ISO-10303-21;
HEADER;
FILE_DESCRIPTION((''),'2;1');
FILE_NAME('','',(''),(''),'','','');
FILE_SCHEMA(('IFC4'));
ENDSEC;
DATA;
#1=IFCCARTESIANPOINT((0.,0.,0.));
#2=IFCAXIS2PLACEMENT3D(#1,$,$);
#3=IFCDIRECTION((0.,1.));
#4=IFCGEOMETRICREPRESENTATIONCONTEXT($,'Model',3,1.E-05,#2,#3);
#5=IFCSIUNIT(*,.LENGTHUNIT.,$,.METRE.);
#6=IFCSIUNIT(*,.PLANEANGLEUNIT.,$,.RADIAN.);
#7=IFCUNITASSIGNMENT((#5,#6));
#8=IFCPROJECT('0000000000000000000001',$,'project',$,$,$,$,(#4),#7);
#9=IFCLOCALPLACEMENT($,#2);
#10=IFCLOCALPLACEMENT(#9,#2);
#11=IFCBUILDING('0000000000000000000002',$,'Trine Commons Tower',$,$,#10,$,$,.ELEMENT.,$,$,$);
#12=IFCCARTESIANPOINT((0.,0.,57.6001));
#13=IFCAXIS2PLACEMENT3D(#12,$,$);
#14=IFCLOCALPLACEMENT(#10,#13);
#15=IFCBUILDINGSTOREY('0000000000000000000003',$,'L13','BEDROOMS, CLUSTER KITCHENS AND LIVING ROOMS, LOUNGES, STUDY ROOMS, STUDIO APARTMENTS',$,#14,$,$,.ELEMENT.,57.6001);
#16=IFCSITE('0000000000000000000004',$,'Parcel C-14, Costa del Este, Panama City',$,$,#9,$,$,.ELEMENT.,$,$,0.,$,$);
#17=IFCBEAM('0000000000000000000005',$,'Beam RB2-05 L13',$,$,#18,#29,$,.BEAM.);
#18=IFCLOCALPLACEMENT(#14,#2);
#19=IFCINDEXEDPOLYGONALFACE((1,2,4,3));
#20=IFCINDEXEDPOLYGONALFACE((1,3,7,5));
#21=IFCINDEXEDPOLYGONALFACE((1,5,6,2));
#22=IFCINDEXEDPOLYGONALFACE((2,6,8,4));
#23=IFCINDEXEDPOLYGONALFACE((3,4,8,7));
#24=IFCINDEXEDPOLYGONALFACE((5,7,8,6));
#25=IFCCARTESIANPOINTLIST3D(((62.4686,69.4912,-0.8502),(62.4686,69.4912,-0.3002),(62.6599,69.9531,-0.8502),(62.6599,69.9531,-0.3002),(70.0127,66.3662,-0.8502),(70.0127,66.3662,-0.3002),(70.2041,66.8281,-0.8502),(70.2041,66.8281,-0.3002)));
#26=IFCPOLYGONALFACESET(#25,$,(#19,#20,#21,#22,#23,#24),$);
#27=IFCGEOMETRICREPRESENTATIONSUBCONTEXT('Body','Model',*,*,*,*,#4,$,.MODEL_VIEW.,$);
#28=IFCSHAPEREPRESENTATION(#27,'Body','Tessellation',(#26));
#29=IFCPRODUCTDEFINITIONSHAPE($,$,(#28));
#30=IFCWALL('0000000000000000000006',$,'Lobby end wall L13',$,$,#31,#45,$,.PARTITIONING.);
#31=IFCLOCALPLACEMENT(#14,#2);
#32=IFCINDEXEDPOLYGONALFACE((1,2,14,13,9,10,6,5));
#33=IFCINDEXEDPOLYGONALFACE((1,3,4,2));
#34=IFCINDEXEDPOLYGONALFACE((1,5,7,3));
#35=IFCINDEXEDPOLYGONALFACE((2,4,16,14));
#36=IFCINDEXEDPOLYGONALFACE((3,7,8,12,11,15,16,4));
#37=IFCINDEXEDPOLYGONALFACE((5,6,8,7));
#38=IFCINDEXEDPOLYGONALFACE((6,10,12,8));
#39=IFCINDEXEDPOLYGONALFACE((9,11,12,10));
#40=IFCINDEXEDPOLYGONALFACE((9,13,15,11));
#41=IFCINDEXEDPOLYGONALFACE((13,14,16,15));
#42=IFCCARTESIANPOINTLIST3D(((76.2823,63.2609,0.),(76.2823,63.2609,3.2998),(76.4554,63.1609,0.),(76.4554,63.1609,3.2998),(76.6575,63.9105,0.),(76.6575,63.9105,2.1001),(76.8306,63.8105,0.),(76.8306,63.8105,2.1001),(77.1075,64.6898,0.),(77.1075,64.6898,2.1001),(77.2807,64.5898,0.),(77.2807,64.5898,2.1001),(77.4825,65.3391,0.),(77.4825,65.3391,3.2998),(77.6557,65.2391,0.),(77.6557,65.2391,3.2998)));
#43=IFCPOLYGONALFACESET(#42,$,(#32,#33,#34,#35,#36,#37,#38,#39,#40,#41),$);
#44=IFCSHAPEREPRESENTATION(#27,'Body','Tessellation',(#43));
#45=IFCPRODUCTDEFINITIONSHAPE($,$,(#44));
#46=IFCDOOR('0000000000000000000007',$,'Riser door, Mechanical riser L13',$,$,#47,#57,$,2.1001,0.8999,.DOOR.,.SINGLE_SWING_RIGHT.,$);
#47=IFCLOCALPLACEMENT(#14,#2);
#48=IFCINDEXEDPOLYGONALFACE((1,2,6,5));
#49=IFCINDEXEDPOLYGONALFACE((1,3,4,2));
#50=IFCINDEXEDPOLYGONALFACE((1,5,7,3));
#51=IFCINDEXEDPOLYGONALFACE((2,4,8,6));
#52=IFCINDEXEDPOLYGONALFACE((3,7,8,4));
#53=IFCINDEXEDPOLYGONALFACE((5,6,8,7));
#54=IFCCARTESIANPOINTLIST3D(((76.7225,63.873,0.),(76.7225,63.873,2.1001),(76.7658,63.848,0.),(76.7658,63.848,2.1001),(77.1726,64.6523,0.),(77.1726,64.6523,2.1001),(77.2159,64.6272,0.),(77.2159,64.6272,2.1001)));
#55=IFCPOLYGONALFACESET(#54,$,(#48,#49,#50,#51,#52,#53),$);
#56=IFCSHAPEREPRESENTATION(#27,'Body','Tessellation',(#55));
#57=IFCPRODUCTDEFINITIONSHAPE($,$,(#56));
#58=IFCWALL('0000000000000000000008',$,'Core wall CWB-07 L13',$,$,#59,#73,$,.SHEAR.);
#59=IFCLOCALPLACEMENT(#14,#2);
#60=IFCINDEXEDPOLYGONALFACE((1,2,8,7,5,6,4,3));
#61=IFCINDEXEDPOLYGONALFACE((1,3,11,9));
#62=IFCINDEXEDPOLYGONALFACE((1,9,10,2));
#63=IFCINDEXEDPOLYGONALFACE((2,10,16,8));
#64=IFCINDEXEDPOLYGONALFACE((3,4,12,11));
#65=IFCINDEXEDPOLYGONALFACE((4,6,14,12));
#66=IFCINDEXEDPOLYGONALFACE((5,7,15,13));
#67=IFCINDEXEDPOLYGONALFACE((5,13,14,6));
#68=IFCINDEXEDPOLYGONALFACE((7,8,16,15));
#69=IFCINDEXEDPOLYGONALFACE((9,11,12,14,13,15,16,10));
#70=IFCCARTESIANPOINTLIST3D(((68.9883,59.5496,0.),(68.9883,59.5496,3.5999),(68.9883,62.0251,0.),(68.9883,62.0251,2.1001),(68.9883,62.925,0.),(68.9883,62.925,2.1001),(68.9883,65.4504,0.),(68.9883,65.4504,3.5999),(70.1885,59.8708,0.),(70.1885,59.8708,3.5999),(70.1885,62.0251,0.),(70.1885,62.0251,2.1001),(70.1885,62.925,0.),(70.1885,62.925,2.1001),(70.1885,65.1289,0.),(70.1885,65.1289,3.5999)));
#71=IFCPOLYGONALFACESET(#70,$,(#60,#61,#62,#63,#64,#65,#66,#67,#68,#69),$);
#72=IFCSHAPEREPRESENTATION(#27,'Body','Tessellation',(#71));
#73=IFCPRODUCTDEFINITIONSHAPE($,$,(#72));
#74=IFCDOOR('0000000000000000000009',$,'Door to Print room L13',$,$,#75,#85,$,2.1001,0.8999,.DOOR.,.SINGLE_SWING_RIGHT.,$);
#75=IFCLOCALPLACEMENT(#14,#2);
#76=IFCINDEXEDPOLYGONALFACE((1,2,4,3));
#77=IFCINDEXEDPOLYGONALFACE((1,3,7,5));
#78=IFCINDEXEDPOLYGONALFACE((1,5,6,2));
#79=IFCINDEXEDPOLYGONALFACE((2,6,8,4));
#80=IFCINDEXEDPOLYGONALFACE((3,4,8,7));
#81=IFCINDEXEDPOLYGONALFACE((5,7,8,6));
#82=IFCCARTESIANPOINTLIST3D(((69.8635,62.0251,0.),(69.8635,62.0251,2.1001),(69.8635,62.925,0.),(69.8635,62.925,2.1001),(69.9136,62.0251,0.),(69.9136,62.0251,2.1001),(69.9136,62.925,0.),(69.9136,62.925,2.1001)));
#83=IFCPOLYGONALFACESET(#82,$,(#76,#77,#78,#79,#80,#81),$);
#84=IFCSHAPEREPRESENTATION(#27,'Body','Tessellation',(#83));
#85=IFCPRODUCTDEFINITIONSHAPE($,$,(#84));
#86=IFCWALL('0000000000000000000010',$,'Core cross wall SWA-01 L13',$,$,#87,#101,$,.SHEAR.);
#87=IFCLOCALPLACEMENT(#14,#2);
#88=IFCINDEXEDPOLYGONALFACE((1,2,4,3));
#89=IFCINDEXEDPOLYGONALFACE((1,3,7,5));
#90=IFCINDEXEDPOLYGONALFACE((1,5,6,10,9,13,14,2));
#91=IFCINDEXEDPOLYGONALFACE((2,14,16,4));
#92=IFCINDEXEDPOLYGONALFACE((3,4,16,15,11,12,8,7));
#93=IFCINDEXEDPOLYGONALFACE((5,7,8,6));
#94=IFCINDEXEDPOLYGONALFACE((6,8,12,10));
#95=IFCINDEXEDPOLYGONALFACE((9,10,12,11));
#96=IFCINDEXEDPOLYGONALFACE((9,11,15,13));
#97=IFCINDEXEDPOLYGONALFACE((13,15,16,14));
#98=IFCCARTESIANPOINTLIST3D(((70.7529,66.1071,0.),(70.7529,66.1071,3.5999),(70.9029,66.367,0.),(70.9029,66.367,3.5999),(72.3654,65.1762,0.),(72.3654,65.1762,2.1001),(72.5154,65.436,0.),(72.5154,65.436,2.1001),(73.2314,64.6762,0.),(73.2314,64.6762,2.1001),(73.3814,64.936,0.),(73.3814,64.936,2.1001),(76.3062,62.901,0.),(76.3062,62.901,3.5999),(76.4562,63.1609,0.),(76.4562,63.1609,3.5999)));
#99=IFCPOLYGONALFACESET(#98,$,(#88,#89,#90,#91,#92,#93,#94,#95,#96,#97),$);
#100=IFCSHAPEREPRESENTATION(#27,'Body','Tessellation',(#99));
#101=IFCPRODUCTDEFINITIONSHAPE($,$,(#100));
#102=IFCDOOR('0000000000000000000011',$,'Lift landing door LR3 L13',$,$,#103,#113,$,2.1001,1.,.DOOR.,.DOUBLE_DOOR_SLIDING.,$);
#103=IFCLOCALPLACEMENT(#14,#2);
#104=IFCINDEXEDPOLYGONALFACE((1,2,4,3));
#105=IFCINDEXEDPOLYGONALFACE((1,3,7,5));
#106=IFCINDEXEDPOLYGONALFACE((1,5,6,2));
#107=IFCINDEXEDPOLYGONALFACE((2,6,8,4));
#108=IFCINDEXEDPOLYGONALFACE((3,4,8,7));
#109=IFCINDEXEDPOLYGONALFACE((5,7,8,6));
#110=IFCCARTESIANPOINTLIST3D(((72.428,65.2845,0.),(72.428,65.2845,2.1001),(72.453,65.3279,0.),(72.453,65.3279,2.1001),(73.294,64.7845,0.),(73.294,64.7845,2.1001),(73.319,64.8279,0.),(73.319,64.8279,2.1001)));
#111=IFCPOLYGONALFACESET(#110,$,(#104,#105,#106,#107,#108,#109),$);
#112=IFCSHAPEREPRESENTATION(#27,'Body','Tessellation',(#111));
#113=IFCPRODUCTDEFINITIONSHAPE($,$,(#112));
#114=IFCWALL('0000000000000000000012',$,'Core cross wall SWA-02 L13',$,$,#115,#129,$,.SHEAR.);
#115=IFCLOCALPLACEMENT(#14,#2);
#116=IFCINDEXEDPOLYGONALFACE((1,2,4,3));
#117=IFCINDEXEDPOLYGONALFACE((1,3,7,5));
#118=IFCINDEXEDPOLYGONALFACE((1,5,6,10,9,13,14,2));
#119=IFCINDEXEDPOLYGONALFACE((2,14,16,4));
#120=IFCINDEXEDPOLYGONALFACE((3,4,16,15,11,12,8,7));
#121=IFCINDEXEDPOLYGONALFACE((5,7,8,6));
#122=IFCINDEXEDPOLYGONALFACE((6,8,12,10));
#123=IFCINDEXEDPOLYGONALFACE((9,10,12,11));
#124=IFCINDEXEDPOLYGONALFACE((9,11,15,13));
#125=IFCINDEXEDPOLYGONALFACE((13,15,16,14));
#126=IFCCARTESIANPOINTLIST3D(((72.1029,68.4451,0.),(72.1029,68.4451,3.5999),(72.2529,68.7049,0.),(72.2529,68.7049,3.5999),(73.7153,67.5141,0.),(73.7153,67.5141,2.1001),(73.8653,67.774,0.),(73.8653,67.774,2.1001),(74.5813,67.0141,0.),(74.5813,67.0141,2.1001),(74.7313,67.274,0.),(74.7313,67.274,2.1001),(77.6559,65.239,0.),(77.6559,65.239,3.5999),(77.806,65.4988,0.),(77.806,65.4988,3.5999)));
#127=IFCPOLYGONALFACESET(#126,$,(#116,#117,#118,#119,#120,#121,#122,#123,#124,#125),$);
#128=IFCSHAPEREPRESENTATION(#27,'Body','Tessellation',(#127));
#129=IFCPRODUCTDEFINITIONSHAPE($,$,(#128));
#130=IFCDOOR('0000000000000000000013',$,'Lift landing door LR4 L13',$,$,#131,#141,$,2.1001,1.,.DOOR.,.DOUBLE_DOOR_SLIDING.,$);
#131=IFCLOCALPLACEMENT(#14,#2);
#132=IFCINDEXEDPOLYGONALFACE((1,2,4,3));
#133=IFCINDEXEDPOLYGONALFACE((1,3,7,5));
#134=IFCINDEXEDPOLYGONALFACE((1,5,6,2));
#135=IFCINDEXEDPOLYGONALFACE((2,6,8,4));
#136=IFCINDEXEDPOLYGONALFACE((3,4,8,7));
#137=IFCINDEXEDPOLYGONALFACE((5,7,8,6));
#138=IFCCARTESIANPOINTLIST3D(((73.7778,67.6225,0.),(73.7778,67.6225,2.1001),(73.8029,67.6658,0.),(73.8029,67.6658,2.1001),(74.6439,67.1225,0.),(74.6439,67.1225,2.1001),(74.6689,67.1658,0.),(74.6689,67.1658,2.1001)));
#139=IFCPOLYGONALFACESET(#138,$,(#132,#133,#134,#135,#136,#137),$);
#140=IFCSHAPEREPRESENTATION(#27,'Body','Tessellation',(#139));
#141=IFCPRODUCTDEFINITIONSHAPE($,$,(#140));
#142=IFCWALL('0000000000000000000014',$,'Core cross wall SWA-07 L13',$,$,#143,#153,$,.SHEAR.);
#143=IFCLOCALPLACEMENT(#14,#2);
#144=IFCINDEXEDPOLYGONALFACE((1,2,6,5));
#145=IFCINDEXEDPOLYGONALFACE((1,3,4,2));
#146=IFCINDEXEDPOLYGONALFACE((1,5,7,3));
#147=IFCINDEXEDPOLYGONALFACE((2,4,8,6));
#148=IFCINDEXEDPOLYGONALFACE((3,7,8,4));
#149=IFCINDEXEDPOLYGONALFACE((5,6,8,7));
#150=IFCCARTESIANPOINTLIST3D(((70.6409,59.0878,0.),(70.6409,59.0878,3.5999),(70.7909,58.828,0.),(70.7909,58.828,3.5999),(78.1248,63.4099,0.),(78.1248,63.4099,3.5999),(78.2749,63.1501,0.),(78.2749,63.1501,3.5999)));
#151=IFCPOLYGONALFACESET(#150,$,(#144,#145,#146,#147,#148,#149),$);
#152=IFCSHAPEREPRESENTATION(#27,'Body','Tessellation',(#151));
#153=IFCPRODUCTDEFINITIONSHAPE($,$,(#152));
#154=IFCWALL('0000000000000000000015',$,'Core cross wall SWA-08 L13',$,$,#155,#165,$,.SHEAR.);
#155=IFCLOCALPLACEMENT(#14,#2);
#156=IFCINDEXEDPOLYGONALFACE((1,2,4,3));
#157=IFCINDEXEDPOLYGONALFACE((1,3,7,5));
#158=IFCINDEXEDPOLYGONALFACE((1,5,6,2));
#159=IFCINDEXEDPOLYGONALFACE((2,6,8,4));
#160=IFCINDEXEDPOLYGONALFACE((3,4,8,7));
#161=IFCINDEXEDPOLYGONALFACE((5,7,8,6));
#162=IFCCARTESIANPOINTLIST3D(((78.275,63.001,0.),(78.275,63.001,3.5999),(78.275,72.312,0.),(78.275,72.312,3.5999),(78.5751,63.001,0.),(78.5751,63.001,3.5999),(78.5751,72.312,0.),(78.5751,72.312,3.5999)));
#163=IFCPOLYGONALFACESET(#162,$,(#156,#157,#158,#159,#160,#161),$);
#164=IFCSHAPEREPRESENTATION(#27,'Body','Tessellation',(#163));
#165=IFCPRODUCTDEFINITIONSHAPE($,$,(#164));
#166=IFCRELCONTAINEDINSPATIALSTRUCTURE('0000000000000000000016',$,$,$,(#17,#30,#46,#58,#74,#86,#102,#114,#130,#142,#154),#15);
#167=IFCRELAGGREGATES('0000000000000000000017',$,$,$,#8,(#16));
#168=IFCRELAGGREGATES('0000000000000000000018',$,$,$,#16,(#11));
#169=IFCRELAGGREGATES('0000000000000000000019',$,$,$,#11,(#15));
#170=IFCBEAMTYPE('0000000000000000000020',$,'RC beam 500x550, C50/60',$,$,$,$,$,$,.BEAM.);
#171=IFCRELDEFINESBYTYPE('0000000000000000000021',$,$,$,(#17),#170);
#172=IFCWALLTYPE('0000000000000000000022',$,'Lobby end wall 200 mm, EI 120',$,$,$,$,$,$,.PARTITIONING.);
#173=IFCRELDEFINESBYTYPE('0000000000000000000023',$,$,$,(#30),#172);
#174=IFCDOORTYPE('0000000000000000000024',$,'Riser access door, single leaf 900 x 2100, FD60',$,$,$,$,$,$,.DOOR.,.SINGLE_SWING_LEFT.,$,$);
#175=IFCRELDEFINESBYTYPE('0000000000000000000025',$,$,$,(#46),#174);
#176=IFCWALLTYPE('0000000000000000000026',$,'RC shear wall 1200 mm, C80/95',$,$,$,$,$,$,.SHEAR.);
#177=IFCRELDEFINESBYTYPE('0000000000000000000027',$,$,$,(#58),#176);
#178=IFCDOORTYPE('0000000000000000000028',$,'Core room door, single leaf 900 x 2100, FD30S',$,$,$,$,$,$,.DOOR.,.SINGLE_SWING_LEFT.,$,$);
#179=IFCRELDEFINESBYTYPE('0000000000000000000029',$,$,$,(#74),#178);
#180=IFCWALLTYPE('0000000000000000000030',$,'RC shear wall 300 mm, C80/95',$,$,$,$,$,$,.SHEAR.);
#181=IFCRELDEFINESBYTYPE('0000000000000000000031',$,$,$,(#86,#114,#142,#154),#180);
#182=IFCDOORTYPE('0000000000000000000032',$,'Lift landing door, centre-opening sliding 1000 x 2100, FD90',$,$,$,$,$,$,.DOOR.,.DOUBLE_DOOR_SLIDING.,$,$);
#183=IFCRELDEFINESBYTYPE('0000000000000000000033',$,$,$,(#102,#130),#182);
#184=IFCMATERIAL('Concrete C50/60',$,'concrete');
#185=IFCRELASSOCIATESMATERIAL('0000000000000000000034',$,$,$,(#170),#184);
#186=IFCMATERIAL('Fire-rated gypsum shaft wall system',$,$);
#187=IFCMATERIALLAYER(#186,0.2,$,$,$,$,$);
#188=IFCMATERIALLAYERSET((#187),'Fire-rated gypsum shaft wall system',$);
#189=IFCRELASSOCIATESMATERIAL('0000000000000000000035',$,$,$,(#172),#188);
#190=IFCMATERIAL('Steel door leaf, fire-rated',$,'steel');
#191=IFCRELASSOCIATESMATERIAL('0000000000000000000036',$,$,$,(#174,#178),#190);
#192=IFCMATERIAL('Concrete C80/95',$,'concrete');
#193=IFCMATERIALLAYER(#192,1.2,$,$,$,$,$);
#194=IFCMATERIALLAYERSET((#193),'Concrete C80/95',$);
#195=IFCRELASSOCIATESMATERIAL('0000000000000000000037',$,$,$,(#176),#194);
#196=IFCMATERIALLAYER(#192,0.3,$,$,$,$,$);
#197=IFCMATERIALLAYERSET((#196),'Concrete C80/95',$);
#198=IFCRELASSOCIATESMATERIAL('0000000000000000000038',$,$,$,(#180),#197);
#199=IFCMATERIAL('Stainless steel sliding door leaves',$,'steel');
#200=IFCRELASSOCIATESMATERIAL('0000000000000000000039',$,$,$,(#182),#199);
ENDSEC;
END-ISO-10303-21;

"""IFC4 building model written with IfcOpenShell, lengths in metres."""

from ifc_helpers import new_model, si_unit, direction, frame, frame_2d, origin, origin_2d, place, context, subcontext, project, spatial, polyline, rectangle, outline, extrude, material, layer, layer_set, material_profile, profile_set, type_object, element, fill, save


model = new_model("IFC4")

# Units and contexts
model_context = context("Model", 3, precision=1e-05, world=origin(), true_north=direction((0.0, 1.0)))
body_context = subcontext(model_context, "Body", "Model", "MODEL_VIEW")
ifc_project = project(units=[si_unit("LENGTHUNIT", "METRE"), si_unit("PLANEANGLEUNIT", "RADIAN")], contexts=[model_context])

# Site, building, storey
site_placement = place(None, origin())
site = spatial("IfcSite", under=ifc_project, at=site_placement, Name="Parcel C-14, Costa del Este, Panama City", CompositionType="ELEMENT", RefElevation=0.0)
building_placement = place(site_placement, origin())
building = spatial("IfcBuilding", under=site, at=building_placement, Name="Trine Commons Tower", CompositionType="ELEMENT")
storey_placement = place(building_placement, frame((0.0, 0.0, 57.6001)))
storey = spatial("IfcBuildingStorey", under=building, at=storey_placement, Name="L13", Description="BEDROOMS, CLUSTER KITCHENS AND LIVING ROOMS, LOUNGES, STUDY ROOMS, STUDIO APARTMENTS", CompositionType="ELEMENT", Elevation=57.6001)

# Beam
ifc_material_1 = material(Name="Concrete C50/60", Category="concrete")
ifc_material_profile = material_profile(ifc_material_1, rectangle(XDim=0.5, YDim=0.55, at=origin_2d()), Name="RC 500x550")
ifc_profile_set = profile_set([ifc_material_profile], Name="Concrete C50/60")
beam_type = type_object("IfcBeamType", Name="RC beam 500x550, C50/60", PredefinedType="BEAM", material=ifc_profile_set)
beam_placement = place(storey_placement, frame((70.1084, 66.5972, -0.5752), z_axis=(-0.923875, 0.382693, 0.0), x_axis=(-0.382693, -0.923875, 0.0)))
element("IfcBeam", 1, at=beam_placement, inside=storey, type_object=beam_type, Name="Beam RB2-05 L13", PredefinedType="BEAM", context=body_context, shape_type="SweptSolid", body=[
    extrude(rectangle(XDim=0.5, YDim=0.55, at=origin_2d()), origin(), (0.0, 0.0, 1.0), 8.1658),
])

# Walls, openings, doors
ifc_material_2 = material(Name="Fire-rated gypsum shaft wall system")
ifc_layer_1 = layer(ifc_material_2, 0.2)
ifc_layer_set_1 = layer_set([ifc_layer_1], Name="Fire-rated gypsum shaft wall system")
wall_type_1 = type_object("IfcWallType", Name="Lobby end wall 200 mm, EI 120", PredefinedType="PARTITIONING", material=ifc_layer_set_1)
wall_1_placement = place(storey_placement, frame((77.5691, 65.2891, 0.0), z_axis=(0.0, 0.0, 1.0), x_axis=(-0.500122, -0.865955, 0.0)))
wall_1 = element("IfcWall", 2, at=wall_1_placement, inside=storey, type_object=wall_type_1, Name="Lobby end wall L13", PredefinedType="PARTITIONING", context=body_context, shape_type="SweptSolid", body=[
    extrude(rectangle(XDim=2.3999, YDim=0.2, at=frame_2d((1.2, 0.0))), origin(), (0.0, 0.0, 1.0), 3.2998),
])
opening_1_placement = place(wall_1_placement, frame((0.7498, 0.0, 0.0)))
opening_1 = element("IfcOpeningElement", 3, at=opening_1_placement, cuts=wall_1, PredefinedType="OPENING", context=body_context, shape_type="SweptSolid", body=[
    extrude(rectangle(XDim=0.8999, YDim=2.1001, at=frame_2d((0.45, 1.05))), frame((0.0, 0.1099, 0.0), z_axis=(0.0, -1.0, 0.0), x_axis=(1.0, 0.0, 0.0)), (0.0, 0.0, 1.0), 0.22),
])
ifc_material_3 = material(Name="Steel door leaf, fire-rated", Category="steel")
door_type_1 = type_object("IfcDoorType", Name="Riser access door, single leaf 900 x 2100, FD60", OperationType="SINGLE_SWING_LEFT", PredefinedType="DOOR", material=ifc_material_3)
door_1_placement = place(opening_1_placement, frame((0.8999, 0.0, 0.0), z_axis=(0.0, 0.0, 1.0), x_axis=(-1.0, 0.0, 0.0)))
door_1 = element("IfcDoor", 4, at=door_1_placement, inside=storey, type_object=door_type_1, Name="Riser door, Mechanical riser L13", OperationType="SINGLE_SWING_RIGHT", OverallHeight=2.1001, OverallWidth=0.8999, PredefinedType="DOOR", context=body_context, shape_type="SweptSolid", body=[
    extrude(rectangle(XDim=0.8999, YDim=2.1001, at=frame_2d((0.45, 1.05))), frame((0.0, 0.0249, 0.0), z_axis=(0.0, -1.0, 0.0), x_axis=(1.0, 0.0, 0.0)), (0.0, 0.0, 1.0), 0.05),
])
fill(opening_1, door_1)
ifc_material_4 = material(Name="Concrete C80/95", Category="concrete")
ifc_layer_2 = layer(ifc_material_4, 1.2)
ifc_layer_set_2 = layer_set([ifc_layer_2], Name="Concrete C80/95")
wall_type_2 = type_object("IfcWallType", Name="RC shear wall 1200 mm, C80/95", PredefinedType="SHEAR", material=ifc_layer_set_2)
wall_2_placement = place(storey_placement, frame((69.5884, 65.4504, 0.0), z_axis=(0.0, 0.0, 1.0), x_axis=(0.0, -1.0, 0.0)))
wall_2 = element("IfcWall", 5, at=wall_2_placement, inside=storey, type_object=wall_type_2, Name="Core wall CWB-07 L13", PredefinedType="SHEAR", context=body_context, shape_type="SweptSolid", body=[
    extrude(outline(polyline([(0.0, -0.6001), (5.9009, -0.6001), (5.5796, 0.6001), (0.3215, 0.6001), (0.0, -0.6001)])), origin(), (0.0, 0.0, 1.0), 3.5999),
])
opening_2_placement = place(wall_2_placement, frame((2.5254, 0.0, 0.0)))
opening_2 = element("IfcOpeningElement", 6, at=opening_2_placement, cuts=wall_2, PredefinedType="OPENING", context=body_context, shape_type="SweptSolid", body=[
    extrude(rectangle(XDim=0.8999, YDim=2.1001, at=frame_2d((0.45, 1.05))), frame((0.0, 0.6099, 0.0), z_axis=(0.0, -1.0, 0.0), x_axis=(1.0, 0.0, 0.0)), (0.0, 0.0, 1.0), 1.22),
])
door_type_2 = type_object("IfcDoorType", Name="Core room door, single leaf 900 x 2100, FD30S", OperationType="SINGLE_SWING_LEFT", PredefinedType="DOOR", material=ifc_material_3)
door_2_placement = place(opening_2_placement, origin())
door_2 = element("IfcDoor", 7, at=door_2_placement, inside=storey, type_object=door_type_2, Name="Door to Print room L13", OperationType="SINGLE_SWING_RIGHT", OverallHeight=2.1001, OverallWidth=0.8999, PredefinedType="DOOR", context=body_context, shape_type="SweptSolid", body=[
    extrude(rectangle(XDim=0.8999, YDim=2.1001, at=frame_2d((0.45, 1.05))), frame((0.0, 0.3252, 0.0), z_axis=(0.0, -1.0, 0.0), x_axis=(1.0, 0.0, 0.0)), (0.0, 0.0, 1.0), 0.05),
])
fill(opening_2, door_2)
ifc_layer_3 = layer(ifc_material_4, 0.3)
ifc_layer_set_3 = layer_set([ifc_layer_3], Name="Concrete C80/95")
wall_type_3 = type_object("IfcWallType", Name="RC shear wall 300 mm, C80/95", PredefinedType="SHEAR", material=ifc_layer_set_3)
wall_3_placement = place(storey_placement, frame((76.3811, 63.031, 0.0), z_axis=(0.0, 0.0, 1.0), x_axis=(-0.866032, 0.499988, 0.0)))
wall_3 = element("IfcWall", 8, at=wall_3_placement, inside=storey, type_object=wall_type_3, Name="Core cross wall SWA-01 L13", PredefinedType="SHEAR", context=body_context, shape_type="SweptSolid", body=[
    extrude(rectangle(XDim=6.4124, YDim=0.3, at=frame_2d((3.2061, 0.0))), origin(), (0.0, 0.0, 1.0), 3.5999),
])
opening_3_placement = place(wall_3_placement, frame((3.5503, 0.0, 0.0)))
opening_3 = element("IfcOpeningElement", 9, at=opening_3_placement, cuts=wall_3, PredefinedType="OPENING", context=body_context, shape_type="SweptSolid", body=[
    extrude(rectangle(XDim=1.0, YDim=2.1001, at=frame_2d((0.5, 1.05))), frame((0.0, 0.1599, 0.0), z_axis=(0.0, -1.0, 0.0), x_axis=(1.0, 0.0, 0.0)), (0.0, 0.0, 1.0), 0.3201),
])
ifc_material_5 = material(Name="Stainless steel sliding door leaves", Category="steel")
door_type_3 = type_object("IfcDoorType", Name="Lift landing door, centre-opening sliding 1000 x 2100, FD90", OperationType="DOUBLE_DOOR_SLIDING", PredefinedType="DOOR", material=ifc_material_5)
door_3_placement = place(opening_3_placement, origin())
door_3 = element("IfcDoor", 10, at=door_3_placement, inside=storey, type_object=door_type_3, Name="Lift landing door LR3 L13", OperationType="DOUBLE_DOOR_SLIDING", OverallHeight=2.1001, OverallWidth=1.0, PredefinedType="DOOR", context=body_context, shape_type="SweptSolid", body=[
    extrude(rectangle(XDim=1.0, YDim=2.1001, at=frame_2d((0.5, 1.05))), frame((0.0, 0.0249, 0.0), z_axis=(0.0, -1.0, 0.0), x_axis=(1.0, 0.0, 0.0)), (0.0, 0.0, 1.0), 0.05),
])
fill(opening_3, door_3)
wall_4_placement = place(storey_placement, frame((77.731, 65.3689, 0.0), z_axis=(0.0, 0.0, 1.0), x_axis=(-0.866023, 0.500005, 0.0)))
wall_4 = element("IfcWall", 11, at=wall_4_placement, inside=storey, type_object=wall_type_3, Name="Core cross wall SWA-02 L13", PredefinedType="SHEAR", context=body_context, shape_type="SweptSolid", body=[
    extrude(rectangle(XDim=6.4121, YDim=0.3, at=frame_2d((3.2061, 0.0))), origin(), (0.0, 0.0, 1.0), 3.5999),
])
opening_4_placement = place(wall_4_placement, frame((3.5503, 0.0, 0.0)))
opening_4 = element("IfcOpeningElement", 12, at=opening_4_placement, cuts=wall_4, PredefinedType="OPENING", context=body_context, shape_type="SweptSolid", body=[
    extrude(rectangle(XDim=1.0, YDim=2.1001, at=frame_2d((0.5, 1.05))), frame((0.0, 0.1599, 0.0), z_axis=(0.0, -1.0, 0.0), x_axis=(1.0, 0.0, 0.0)), (0.0, 0.0, 1.0), 0.3201),
])
door_4_placement = place(opening_4_placement, origin())
door_4 = element("IfcDoor", 13, at=door_4_placement, inside=storey, type_object=door_type_3, Name="Lift landing door LR4 L13", OperationType="DOUBLE_DOOR_SLIDING", OverallHeight=2.1001, OverallWidth=1.0, PredefinedType="DOOR", context=body_context, shape_type="SweptSolid", body=[
    extrude(rectangle(XDim=1.0, YDim=2.1001, at=frame_2d((0.5, 1.05))), frame((0.0, 0.0249, 0.0), z_axis=(0.0, -1.0, 0.0), x_axis=(1.0, 0.0, 0.0)), (0.0, 0.0, 1.0), 0.05),
])
fill(opening_4, door_4)

# Walls
wall_5_placement = place(storey_placement, frame((78.2, 63.28, 0.0), z_axis=(0.0, 0.0, 1.0), x_axis=(-0.865965, -0.500104, 0.0)))
element("IfcWall", 14, at=wall_5_placement, inside=storey, type_object=wall_type_3, Name="Core cross wall SWA-07 L13", PredefinedType="SHEAR", context=body_context, shape_type="SweptSolid", body=[
    extrude(rectangle(XDim=8.6423, YDim=0.3, at=frame_2d((4.3213, 0.0))), origin(), (0.0, 0.0, 1.0), 3.5999),
])
wall_6_placement = place(storey_placement, frame((78.425, 63.001, 0.0), z_axis=(0.0, 0.0, 1.0), x_axis=(0.0, 1.0, 0.0)))
element("IfcWall", 15, at=wall_6_placement, inside=storey, type_object=wall_type_3, Name="Core cross wall SWA-08 L13", PredefinedType="SHEAR", context=body_context, shape_type="SweptSolid", body=[
    extrude(rectangle(XDim=9.311, YDim=0.3, at=frame_2d((4.6555, 0.0))), origin(), (0.0, 0.0, 1.0), 3.5999),
])

save(model, "model.ifc")
